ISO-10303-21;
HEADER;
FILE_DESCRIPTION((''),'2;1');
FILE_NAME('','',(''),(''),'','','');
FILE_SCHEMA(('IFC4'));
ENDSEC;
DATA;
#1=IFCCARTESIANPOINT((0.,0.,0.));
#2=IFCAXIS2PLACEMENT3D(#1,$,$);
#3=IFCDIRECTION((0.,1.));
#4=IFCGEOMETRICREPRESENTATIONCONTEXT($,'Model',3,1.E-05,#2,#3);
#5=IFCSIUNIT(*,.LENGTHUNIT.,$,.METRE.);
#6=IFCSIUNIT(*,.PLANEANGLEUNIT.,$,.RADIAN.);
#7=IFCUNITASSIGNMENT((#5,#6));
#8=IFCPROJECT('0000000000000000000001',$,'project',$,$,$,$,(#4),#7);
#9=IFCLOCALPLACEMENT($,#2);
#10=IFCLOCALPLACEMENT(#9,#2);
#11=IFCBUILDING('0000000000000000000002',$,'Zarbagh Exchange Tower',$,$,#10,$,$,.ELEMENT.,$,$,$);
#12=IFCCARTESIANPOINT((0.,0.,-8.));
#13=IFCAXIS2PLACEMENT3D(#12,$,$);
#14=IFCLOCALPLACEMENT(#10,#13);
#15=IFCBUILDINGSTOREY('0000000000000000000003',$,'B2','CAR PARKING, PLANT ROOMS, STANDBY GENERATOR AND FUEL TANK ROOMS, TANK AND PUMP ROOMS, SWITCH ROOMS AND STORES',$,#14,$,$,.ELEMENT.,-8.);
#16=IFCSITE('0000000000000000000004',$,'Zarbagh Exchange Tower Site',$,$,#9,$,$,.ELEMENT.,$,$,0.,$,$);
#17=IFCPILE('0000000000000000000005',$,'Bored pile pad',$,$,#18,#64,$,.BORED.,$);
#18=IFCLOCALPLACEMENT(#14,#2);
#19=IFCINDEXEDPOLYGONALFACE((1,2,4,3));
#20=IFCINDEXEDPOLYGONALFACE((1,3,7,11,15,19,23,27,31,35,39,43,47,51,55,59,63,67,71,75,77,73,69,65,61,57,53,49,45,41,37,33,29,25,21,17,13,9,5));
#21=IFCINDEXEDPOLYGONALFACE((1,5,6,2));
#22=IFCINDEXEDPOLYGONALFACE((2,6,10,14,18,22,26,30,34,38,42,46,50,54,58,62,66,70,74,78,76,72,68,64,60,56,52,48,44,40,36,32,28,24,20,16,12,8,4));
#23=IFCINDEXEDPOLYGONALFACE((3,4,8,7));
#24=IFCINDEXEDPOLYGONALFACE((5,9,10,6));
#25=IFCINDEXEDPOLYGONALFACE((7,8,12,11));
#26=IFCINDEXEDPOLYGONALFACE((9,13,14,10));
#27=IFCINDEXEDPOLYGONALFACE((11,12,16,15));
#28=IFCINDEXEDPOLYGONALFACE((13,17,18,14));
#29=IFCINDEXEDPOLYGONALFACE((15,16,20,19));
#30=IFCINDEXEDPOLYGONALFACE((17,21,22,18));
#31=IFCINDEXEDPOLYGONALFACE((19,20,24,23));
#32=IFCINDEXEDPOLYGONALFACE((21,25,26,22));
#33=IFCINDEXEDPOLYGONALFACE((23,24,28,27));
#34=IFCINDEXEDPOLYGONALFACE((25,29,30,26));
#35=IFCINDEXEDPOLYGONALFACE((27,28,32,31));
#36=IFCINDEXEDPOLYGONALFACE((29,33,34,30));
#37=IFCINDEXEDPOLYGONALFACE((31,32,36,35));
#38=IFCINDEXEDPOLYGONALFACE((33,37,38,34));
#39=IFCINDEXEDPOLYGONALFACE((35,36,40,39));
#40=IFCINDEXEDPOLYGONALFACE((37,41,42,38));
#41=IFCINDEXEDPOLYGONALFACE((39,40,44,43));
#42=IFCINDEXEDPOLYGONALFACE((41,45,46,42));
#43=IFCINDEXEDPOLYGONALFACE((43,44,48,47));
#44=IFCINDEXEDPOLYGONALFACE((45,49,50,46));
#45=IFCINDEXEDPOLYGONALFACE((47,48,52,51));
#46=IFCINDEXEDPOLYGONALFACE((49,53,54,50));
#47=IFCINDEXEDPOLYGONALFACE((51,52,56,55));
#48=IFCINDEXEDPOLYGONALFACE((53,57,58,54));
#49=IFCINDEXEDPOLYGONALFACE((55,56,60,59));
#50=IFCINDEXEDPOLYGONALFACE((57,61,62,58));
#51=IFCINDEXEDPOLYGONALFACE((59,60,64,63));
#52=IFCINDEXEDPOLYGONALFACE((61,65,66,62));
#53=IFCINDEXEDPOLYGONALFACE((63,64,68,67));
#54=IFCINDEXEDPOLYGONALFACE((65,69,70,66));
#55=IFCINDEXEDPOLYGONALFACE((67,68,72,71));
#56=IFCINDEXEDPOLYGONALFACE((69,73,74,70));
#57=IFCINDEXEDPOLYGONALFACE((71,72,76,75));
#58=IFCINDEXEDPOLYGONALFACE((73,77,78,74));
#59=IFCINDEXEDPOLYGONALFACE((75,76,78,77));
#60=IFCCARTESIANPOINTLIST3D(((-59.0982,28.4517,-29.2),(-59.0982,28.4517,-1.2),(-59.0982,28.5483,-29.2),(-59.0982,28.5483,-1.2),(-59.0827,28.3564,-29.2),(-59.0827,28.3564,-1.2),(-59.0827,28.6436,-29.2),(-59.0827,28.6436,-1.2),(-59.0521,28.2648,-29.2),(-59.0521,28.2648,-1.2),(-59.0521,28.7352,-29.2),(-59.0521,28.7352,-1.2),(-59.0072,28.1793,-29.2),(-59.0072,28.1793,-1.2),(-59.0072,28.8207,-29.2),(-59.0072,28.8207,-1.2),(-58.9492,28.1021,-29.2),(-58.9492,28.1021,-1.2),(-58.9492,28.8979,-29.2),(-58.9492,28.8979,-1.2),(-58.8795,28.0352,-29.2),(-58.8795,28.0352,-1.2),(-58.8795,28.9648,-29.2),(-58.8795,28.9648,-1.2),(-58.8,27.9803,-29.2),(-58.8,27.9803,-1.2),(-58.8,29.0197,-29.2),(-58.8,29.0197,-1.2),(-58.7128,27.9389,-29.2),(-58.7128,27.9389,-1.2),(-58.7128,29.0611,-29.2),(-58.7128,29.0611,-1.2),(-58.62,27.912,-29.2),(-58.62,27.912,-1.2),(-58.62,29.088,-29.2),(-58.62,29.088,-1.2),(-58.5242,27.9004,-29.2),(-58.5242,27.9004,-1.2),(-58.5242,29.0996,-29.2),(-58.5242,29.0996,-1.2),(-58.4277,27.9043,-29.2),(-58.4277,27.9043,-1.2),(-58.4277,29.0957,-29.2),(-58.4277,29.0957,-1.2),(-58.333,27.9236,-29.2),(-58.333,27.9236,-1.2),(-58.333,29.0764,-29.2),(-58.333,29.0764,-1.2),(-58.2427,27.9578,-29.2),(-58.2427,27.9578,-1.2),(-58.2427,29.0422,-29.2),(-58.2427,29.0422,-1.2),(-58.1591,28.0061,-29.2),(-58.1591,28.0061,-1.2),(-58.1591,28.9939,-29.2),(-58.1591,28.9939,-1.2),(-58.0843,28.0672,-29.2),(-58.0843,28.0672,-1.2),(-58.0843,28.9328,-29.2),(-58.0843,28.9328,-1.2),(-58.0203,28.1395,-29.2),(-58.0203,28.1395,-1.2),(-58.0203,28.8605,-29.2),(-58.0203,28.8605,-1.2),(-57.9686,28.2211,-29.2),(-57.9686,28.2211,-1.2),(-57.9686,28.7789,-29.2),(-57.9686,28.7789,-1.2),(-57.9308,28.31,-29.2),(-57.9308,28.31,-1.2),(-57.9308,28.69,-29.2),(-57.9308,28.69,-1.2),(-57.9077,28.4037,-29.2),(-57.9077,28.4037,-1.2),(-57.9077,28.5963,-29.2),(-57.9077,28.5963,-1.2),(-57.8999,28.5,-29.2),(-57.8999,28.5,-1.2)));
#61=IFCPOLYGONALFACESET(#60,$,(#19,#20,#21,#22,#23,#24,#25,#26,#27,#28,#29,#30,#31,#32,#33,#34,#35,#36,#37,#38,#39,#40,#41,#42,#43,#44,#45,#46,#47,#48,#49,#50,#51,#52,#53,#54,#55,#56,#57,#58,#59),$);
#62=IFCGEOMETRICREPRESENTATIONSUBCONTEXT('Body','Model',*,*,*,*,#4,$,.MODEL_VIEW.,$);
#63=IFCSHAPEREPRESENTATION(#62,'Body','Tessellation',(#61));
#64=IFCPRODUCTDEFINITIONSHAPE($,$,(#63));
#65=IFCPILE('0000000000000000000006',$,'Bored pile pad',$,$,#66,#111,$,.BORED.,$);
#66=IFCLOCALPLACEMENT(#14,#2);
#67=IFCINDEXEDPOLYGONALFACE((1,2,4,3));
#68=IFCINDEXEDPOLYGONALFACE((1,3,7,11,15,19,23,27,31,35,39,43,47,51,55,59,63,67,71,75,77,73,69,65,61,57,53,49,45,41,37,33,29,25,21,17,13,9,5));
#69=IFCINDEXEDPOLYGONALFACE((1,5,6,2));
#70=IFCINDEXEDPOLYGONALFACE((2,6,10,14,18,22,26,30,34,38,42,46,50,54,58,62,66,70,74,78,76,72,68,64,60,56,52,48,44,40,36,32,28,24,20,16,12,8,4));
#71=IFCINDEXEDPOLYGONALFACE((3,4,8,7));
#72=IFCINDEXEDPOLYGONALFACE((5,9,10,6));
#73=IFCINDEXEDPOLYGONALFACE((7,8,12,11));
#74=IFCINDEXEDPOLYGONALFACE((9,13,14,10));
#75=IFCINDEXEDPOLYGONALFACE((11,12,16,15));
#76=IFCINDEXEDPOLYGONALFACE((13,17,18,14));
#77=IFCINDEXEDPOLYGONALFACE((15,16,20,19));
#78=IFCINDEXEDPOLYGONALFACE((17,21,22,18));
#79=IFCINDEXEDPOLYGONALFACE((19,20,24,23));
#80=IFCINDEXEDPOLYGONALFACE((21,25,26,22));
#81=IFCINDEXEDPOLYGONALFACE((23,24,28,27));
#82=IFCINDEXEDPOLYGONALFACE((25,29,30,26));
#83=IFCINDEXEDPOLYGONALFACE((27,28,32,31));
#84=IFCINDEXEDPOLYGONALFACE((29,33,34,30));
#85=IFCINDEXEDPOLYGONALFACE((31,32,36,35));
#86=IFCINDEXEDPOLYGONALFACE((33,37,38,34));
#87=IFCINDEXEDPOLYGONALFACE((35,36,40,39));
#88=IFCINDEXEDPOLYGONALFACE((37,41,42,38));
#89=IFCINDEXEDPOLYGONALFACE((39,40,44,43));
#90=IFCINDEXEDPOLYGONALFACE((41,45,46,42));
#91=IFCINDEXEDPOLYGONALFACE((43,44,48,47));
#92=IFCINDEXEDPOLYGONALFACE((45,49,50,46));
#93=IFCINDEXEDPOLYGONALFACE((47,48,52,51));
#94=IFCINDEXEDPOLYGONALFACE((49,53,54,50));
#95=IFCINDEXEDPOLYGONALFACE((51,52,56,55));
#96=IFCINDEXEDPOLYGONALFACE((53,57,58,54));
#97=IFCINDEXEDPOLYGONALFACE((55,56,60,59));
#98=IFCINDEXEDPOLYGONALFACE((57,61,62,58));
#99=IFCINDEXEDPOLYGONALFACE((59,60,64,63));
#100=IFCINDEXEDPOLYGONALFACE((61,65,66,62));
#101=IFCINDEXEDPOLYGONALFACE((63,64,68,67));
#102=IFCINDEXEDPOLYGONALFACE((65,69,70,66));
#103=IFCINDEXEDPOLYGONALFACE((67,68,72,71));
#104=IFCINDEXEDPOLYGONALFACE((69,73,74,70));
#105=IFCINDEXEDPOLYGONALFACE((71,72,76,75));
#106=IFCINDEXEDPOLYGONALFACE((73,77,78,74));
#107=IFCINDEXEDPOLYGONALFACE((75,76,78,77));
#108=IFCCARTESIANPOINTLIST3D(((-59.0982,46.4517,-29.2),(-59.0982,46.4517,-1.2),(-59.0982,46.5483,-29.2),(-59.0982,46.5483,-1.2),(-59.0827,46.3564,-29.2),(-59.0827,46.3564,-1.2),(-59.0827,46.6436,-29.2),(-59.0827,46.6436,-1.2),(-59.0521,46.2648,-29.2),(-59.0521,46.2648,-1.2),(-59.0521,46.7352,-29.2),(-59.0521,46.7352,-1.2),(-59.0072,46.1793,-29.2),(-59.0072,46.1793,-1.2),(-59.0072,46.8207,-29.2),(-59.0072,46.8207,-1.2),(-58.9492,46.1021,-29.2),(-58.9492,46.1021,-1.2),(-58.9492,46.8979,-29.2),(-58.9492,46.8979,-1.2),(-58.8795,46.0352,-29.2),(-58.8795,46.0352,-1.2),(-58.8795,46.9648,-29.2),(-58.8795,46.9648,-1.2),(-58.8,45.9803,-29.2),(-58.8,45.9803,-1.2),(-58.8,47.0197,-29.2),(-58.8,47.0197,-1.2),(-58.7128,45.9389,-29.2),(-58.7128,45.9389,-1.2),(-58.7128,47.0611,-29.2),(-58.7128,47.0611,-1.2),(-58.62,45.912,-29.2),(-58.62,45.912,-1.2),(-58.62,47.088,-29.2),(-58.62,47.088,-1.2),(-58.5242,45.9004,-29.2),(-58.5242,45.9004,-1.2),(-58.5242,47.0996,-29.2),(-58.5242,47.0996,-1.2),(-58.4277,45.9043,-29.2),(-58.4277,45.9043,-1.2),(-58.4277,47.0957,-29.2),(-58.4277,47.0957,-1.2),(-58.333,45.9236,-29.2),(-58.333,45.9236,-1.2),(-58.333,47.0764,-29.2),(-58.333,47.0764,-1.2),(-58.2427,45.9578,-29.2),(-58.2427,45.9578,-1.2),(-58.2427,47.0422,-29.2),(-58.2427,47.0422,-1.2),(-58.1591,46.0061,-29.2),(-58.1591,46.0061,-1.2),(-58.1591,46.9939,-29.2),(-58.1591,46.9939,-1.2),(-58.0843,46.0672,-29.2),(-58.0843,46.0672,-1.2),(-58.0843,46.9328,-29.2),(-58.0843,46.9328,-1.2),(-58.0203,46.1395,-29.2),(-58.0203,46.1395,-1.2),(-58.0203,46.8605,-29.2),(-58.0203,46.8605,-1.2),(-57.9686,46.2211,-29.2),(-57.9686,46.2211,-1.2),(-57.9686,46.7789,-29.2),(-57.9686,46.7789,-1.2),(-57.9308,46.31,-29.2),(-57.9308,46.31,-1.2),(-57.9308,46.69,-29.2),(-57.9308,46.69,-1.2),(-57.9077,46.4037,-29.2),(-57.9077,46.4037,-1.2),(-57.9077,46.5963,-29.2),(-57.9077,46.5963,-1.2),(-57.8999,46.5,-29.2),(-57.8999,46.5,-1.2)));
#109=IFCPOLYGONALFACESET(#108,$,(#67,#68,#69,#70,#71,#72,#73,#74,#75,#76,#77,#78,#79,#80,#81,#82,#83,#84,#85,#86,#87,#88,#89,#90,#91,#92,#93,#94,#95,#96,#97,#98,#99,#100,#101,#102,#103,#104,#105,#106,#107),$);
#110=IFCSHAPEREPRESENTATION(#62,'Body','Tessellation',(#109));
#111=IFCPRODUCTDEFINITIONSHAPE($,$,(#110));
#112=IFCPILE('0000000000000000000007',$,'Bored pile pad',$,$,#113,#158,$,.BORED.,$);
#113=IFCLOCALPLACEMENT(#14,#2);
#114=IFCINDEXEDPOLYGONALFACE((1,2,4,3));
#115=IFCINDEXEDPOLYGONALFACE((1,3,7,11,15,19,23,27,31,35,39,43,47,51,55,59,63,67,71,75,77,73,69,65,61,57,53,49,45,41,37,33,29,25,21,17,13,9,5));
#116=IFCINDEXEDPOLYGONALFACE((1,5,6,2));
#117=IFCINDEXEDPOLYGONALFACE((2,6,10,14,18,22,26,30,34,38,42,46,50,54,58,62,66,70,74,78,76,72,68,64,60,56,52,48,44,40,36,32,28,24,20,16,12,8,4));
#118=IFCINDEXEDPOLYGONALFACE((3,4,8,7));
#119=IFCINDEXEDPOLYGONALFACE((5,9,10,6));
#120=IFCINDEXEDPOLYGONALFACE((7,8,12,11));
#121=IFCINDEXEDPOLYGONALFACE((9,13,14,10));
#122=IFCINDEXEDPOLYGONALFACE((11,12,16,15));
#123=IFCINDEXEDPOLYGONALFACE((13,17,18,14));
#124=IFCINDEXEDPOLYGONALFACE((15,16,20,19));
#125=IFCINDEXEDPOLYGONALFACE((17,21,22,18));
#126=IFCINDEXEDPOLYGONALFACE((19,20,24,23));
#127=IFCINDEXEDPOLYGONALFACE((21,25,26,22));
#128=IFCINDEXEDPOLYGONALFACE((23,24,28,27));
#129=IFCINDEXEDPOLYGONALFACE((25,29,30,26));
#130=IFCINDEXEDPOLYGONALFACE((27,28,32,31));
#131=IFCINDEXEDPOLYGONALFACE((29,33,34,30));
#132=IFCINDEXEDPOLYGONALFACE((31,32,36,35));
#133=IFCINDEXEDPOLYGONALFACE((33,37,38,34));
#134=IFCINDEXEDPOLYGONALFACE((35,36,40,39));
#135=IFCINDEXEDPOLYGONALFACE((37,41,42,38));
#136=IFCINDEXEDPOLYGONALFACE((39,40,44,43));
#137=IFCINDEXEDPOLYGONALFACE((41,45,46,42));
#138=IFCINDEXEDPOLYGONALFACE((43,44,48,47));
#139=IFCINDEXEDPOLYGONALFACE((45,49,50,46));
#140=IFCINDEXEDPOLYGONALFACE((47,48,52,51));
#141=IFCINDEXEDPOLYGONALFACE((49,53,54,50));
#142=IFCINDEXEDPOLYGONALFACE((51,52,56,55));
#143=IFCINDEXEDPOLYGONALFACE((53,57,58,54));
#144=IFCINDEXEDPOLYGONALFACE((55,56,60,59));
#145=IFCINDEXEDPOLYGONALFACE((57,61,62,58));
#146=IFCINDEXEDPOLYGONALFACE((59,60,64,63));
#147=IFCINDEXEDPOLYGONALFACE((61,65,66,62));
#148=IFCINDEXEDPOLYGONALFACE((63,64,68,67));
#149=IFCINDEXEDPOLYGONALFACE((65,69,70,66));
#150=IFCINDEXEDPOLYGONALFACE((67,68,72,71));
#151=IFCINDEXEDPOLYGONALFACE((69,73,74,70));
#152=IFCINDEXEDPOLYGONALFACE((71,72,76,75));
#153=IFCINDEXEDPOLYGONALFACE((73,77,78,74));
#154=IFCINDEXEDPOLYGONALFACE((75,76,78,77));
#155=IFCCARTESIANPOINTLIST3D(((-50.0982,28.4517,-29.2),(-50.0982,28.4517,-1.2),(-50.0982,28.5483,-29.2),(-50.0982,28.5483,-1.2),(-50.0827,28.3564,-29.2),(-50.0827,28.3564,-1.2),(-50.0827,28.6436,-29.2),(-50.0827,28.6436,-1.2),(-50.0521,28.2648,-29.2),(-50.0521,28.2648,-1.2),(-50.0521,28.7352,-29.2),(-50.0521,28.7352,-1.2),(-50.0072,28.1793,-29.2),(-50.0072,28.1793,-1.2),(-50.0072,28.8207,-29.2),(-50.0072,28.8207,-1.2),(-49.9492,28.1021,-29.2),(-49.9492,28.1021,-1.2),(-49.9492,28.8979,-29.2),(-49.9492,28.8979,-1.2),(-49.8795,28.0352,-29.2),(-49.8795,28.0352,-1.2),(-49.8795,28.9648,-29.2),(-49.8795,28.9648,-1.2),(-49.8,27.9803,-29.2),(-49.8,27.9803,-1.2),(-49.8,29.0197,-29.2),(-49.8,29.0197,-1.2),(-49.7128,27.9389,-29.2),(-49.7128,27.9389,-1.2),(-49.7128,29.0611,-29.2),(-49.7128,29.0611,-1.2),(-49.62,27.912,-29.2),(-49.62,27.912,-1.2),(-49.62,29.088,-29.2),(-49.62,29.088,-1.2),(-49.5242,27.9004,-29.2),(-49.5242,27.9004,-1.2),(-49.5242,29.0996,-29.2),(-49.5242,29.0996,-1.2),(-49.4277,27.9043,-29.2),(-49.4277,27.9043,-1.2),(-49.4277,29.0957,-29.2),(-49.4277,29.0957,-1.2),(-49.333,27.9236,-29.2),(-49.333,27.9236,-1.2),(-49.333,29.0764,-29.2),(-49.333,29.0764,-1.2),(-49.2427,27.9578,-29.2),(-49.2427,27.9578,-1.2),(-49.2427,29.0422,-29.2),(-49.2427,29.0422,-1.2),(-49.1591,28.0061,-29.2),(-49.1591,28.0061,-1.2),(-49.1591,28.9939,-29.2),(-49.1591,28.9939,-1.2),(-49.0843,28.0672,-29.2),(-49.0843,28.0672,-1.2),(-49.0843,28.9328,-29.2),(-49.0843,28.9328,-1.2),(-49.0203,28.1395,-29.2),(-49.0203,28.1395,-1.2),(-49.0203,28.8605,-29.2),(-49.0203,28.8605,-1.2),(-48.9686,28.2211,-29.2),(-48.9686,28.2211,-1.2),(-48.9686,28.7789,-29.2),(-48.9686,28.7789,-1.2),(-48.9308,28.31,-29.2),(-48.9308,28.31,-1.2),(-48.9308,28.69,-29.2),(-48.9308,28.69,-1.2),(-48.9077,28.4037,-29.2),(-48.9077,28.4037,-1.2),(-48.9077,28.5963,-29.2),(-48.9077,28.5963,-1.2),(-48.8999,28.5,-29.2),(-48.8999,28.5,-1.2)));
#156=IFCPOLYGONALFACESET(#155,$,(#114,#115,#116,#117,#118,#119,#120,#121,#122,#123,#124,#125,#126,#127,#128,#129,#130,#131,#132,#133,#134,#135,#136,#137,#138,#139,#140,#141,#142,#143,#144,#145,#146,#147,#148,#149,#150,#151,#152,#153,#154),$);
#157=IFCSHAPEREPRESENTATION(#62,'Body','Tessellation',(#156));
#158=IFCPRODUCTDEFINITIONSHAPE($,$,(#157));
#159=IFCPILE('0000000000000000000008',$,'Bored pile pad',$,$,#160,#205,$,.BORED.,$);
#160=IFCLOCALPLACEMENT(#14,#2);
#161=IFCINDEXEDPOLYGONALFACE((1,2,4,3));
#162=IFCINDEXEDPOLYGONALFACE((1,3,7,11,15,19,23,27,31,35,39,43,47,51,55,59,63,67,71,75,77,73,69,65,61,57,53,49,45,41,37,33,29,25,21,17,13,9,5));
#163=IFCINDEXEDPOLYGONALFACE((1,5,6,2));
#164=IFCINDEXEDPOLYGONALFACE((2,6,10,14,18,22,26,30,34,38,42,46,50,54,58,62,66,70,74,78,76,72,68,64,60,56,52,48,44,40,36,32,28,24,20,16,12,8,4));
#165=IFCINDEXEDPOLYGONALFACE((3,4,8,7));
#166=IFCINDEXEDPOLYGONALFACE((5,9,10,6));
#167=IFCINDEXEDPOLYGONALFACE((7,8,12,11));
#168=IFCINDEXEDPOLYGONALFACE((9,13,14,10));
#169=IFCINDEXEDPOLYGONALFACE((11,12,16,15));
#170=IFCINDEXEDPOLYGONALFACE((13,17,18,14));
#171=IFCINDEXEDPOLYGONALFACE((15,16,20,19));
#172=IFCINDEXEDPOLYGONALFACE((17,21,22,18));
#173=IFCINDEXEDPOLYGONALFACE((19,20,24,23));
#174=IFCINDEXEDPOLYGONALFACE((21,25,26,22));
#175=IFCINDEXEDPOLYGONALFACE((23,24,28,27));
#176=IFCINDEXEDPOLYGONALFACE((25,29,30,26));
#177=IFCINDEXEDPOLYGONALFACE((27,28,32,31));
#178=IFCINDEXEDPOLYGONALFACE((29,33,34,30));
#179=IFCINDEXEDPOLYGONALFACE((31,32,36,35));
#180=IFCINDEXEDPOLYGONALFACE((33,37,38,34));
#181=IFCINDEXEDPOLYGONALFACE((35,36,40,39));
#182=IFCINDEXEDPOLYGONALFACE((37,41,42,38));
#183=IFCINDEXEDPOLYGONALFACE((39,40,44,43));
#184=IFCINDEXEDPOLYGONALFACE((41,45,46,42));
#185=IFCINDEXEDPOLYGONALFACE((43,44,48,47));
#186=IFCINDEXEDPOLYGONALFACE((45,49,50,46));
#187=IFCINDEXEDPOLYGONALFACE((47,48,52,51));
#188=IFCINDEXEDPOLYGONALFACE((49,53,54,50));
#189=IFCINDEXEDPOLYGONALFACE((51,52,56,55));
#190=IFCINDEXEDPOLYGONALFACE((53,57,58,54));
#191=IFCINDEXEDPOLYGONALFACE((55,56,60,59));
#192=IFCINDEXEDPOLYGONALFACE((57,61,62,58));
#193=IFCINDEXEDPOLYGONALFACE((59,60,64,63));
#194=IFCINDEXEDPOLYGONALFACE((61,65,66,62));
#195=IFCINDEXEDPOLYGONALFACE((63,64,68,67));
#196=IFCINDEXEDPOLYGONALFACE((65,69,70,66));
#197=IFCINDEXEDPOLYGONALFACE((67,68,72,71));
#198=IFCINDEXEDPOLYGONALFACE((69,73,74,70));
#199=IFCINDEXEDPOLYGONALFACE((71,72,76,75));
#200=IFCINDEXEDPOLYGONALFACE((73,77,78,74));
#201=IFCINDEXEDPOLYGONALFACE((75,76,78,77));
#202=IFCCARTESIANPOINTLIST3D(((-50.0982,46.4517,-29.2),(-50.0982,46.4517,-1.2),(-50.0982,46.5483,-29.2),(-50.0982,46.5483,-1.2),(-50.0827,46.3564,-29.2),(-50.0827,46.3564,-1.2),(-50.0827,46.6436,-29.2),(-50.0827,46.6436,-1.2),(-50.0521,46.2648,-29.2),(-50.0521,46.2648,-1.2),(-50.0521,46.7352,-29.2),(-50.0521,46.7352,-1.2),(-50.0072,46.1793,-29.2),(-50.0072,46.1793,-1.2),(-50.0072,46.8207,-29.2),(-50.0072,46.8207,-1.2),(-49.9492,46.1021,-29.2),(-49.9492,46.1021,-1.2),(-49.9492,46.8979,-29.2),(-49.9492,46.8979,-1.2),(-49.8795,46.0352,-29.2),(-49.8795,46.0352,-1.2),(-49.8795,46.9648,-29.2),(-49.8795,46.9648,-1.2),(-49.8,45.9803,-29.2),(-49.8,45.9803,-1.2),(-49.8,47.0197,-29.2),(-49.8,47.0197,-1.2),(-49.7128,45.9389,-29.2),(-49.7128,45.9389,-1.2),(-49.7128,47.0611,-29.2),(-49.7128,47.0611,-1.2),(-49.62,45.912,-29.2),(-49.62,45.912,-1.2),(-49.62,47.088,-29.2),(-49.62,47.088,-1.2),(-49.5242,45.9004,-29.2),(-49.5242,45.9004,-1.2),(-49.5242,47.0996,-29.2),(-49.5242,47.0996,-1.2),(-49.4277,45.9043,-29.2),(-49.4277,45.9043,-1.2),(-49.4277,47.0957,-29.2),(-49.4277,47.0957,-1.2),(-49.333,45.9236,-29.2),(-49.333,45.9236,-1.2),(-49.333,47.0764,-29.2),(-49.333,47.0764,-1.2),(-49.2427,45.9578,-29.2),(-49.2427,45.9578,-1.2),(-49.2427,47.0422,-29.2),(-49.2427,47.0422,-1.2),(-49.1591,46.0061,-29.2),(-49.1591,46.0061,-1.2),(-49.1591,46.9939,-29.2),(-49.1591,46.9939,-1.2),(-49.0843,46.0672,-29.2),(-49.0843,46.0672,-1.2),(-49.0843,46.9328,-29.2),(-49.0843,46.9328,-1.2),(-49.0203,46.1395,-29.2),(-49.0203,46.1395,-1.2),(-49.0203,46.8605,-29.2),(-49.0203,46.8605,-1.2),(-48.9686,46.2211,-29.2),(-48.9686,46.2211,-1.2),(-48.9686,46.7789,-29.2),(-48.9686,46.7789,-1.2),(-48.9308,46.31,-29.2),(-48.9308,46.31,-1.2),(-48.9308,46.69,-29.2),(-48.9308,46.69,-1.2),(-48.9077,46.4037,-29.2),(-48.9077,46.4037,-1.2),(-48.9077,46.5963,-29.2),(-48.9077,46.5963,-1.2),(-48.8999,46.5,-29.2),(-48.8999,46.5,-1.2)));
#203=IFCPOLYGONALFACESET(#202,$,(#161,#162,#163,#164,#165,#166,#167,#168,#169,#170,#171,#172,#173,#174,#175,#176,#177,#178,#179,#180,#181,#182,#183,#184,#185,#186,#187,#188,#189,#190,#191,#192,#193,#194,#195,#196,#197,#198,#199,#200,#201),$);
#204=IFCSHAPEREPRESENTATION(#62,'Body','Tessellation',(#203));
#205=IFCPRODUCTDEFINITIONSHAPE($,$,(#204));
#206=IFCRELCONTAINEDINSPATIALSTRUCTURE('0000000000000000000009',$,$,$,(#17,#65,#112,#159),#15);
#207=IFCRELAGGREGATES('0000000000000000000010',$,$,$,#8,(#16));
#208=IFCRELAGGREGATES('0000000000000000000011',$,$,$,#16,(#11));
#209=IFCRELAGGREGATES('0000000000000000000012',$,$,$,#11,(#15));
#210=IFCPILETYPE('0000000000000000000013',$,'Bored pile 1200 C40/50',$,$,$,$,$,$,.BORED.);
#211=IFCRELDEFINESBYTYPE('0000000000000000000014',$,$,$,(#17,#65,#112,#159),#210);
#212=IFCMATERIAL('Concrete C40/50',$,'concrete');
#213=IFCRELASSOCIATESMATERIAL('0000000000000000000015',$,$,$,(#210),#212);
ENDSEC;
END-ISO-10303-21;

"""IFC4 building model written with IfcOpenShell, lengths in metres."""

from ifc_helpers import new_model, si_unit, direction, frame, origin, origin_2d, place, context, subcontext, project, spatial, circle, extrude, material, material_profile, profile_set, type_object, element, save


model = new_model("IFC4")

# Units and contexts
model_context = context("Model", 3, precision=1e-05, world=origin(), true_north=direction((0.0, 1.0)))
body_context = subcontext(model_context, "Body", "Model", "MODEL_VIEW")
ifc_project = project(units=[si_unit("LENGTHUNIT", "METRE"), si_unit("PLANEANGLEUNIT", "RADIAN")], contexts=[model_context])

# Site, building, storey
site_placement = place(None, origin())
site = spatial("IfcSite", under=ifc_project, at=site_placement, Name="Zarbagh Exchange Tower Site", CompositionType="ELEMENT", RefElevation=0.0)
building_placement = place(site_placement, origin())
building = spatial("IfcBuilding", under=site, at=building_placement, Name="Zarbagh Exchange Tower", CompositionType="ELEMENT")
storey_placement = place(building_placement, frame((0.0, 0.0, -8.0)))
storey = spatial("IfcBuildingStorey", under=building, at=storey_placement, Name="B2", Description="CAR PARKING, PLANT ROOMS, STANDBY GENERATOR AND FUEL TANK ROOMS, TANK AND PUMP ROOMS, SWITCH ROOMS AND STORES", CompositionType="ELEMENT", Elevation=-8.0)

# Piles
ifc_material_1 = material(Name="Concrete C40/50", Category="concrete")
ifc_material_profile_1 = material_profile(ifc_material_1, circle(Radius=0.6001, at=origin_2d()), Name="Bored pile 1200 C40/50")
ifc_profile_set_1 = profile_set([ifc_material_profile_1], Name="Concrete C40/50")
pile_type = type_object("IfcPileType", Name="Bored pile 1200 C40/50", PredefinedType="BORED", material=ifc_profile_set_1)
for number, where, z_axis, x_axis, name in (
    (1, (-58.5, 28.5, -1.2), (0.0, 0.0, -1.0), (1.0, 0.0, 0.0), "Bored pile pad"),
    (2, (-58.5, 46.5, -1.2), (0.0, 0.0, -1.0), (1.0, 0.0, 0.0), "Bored pile pad"),
    (3, (-49.5, 28.5, -1.2), (0.0, 0.0, -1.0), (1.0, 0.0, 0.0), "Bored pile pad"),
    (4, (-49.5, 46.5, -1.2), (0.0, 0.0, -1.0), (1.0, 0.0, 0.0), "Bored pile pad"),
):
    element("IfcPile", number, at=place(storey_placement, frame(where, z_axis=z_axis, x_axis=x_axis)), inside=storey, type_object=pile_type, Name=name, PredefinedType="BORED", context=body_context, shape_type="SweptSolid", body=[
        extrude(circle(Radius=0.6001, at=origin_2d()), origin(), (0.0, 0.0, 1.0), 28.0),
    ])

save(model, "model.ifc")
